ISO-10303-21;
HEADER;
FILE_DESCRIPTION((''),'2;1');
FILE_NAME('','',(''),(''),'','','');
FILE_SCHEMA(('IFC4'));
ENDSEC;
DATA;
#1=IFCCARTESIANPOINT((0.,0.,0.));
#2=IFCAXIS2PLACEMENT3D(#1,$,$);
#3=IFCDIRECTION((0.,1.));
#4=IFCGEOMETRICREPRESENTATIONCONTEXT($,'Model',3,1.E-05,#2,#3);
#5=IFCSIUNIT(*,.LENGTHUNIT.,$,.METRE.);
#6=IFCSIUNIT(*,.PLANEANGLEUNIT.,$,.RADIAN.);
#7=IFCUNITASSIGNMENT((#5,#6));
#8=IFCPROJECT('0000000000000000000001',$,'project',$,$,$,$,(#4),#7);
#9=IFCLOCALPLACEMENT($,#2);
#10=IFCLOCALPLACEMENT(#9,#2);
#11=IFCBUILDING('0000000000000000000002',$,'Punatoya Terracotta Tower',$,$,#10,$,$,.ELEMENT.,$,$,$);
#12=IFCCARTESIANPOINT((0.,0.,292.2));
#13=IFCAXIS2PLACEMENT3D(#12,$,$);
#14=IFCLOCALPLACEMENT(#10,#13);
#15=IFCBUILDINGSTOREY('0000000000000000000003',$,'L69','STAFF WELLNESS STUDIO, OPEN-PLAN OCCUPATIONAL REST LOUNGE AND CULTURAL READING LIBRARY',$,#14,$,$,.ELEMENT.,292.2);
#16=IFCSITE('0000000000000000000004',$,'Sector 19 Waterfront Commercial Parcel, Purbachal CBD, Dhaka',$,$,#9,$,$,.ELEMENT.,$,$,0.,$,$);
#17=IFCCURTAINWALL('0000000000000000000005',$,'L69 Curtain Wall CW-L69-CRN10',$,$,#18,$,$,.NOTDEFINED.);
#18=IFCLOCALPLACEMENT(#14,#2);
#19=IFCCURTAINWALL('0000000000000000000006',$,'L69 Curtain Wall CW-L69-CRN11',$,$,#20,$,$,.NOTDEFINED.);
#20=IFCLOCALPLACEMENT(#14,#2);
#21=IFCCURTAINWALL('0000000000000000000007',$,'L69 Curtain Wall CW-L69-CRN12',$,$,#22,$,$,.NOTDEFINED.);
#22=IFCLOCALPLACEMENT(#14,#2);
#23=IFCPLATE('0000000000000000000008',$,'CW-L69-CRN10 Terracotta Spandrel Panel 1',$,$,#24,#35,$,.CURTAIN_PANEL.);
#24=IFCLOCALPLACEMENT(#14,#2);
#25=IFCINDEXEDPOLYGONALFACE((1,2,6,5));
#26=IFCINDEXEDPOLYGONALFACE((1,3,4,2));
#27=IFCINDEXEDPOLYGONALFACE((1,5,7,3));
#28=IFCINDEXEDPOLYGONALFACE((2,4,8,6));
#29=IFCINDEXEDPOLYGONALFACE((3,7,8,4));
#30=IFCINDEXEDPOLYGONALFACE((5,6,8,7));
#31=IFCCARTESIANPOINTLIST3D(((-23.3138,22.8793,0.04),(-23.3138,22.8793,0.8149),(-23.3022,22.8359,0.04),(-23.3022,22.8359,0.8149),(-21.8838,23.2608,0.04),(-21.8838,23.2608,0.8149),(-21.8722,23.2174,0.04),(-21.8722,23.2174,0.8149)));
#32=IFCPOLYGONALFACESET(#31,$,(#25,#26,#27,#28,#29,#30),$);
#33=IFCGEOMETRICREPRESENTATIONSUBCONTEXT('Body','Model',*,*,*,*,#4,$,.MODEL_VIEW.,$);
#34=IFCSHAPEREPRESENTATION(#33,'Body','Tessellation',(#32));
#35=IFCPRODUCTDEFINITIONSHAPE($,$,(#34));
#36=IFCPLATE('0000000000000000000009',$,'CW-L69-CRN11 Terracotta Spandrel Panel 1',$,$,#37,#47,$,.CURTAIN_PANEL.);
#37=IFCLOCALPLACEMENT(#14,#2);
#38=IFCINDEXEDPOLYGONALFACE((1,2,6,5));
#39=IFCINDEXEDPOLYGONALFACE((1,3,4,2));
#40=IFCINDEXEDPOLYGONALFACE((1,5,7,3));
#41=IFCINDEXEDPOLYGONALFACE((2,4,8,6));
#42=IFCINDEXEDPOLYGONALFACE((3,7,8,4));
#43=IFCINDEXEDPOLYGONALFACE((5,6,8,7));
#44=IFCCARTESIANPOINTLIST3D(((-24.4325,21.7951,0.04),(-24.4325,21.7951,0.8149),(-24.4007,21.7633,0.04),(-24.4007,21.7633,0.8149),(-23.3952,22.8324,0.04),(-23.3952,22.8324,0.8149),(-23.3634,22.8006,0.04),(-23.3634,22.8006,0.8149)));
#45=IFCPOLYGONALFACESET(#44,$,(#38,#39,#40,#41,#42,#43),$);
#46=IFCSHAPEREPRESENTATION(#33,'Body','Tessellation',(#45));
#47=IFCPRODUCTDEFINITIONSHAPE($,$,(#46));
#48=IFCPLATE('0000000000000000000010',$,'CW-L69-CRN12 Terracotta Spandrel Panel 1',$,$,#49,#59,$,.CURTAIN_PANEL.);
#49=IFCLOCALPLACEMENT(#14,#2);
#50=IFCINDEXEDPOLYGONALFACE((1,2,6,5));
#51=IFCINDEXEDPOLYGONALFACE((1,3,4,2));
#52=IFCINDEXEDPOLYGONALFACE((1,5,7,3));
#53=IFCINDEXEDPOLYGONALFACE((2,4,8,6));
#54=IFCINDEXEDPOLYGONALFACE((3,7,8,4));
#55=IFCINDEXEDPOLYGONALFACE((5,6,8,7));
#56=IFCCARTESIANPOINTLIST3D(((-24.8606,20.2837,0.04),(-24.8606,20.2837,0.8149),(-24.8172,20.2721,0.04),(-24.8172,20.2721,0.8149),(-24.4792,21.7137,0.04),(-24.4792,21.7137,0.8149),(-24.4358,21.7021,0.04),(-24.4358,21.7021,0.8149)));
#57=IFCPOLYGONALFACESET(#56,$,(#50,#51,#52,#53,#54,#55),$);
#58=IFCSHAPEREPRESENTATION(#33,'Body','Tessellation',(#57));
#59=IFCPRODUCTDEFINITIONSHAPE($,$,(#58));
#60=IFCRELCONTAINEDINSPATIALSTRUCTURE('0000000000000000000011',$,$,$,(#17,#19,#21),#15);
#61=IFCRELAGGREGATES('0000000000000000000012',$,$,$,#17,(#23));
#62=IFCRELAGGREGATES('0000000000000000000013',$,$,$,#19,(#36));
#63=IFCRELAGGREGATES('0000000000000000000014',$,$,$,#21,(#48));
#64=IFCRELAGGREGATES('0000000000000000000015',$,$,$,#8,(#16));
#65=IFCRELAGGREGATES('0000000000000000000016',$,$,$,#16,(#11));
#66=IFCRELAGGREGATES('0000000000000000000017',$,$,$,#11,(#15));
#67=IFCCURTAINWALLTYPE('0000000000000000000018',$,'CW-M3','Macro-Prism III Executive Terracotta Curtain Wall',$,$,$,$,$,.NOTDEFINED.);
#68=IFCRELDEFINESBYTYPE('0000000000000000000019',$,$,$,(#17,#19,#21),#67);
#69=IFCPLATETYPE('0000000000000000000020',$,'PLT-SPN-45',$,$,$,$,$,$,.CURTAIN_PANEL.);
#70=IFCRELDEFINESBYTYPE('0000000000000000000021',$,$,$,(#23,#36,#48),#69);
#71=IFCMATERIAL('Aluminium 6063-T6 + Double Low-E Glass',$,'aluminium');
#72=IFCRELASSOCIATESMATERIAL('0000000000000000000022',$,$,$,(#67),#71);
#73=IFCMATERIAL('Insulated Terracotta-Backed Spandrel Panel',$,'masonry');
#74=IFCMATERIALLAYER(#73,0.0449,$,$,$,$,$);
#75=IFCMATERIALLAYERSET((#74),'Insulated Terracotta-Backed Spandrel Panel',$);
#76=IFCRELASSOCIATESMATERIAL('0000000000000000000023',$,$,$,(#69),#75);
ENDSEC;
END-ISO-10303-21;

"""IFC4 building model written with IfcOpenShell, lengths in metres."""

from ifc_helpers import new_model, si_unit, direction, frame, origin, origin_2d, place, context, subcontext, project, spatial, rectangle, extrude, material, layer, layer_set, type_object, element, aggregate, save


model = new_model("IFC4")

# Units and contexts
model_context = context("Model", 3, precision=1e-05, world=origin(), true_north=direction((0.0, 1.0)))
body_context = subcontext(model_context, "Body", "Model", "MODEL_VIEW")
ifc_project = project(units=[si_unit("LENGTHUNIT", "METRE"), si_unit("PLANEANGLEUNIT", "RADIAN")], contexts=[model_context])

# Site, building, storey
site_placement = place(None, origin())
site = spatial("IfcSite", under=ifc_project, at=site_placement, Name="Sector 19 Waterfront Commercial Parcel, Purbachal CBD, Dhaka", CompositionType="ELEMENT", RefElevation=0.0)
building_placement = place(site_placement, origin())
building = spatial("IfcBuilding", under=site, at=building_placement, Name="Punatoya Terracotta Tower", CompositionType="ELEMENT")
storey_placement = place(building_placement, frame((0.0, 0.0, 292.2)))
storey = spatial("IfcBuildingStorey", under=building, at=storey_placement, Name="L69", Description="STAFF WELLNESS STUDIO, OPEN-PLAN OCCUPATIONAL REST LOUNGE AND CULTURAL READING LIBRARY", CompositionType="ELEMENT", Elevation=292.2)

# Shared definitions
ifc_material_1 = material(Name="Aluminium 6063-T6 + Double Low-E Glass", Category="aluminium")
curtain_wall_type = type_object("IfcCurtainWallType", Name="CW-M3", Description="Macro-Prism III Executive Terracotta Curtain Wall", PredefinedType="NOTDEFINED", material=ifc_material_1)

# Curtain walls
curtain_wall_1_placement = place(storey_placement, origin())
curtain_wall_1 = element("IfcCurtainWall", 1, at=curtain_wall_1_placement, inside=storey, type_object=curtain_wall_type, Name="L69 Curtain Wall CW-L69-CRN10", PredefinedType="NOTDEFINED")
curtain_wall_2_placement = place(storey_placement, origin())
curtain_wall_2 = element("IfcCurtainWall", 2, at=curtain_wall_2_placement, inside=storey, type_object=curtain_wall_type, Name="L69 Curtain Wall CW-L69-CRN11", PredefinedType="NOTDEFINED")
curtain_wall_3_placement = place(storey_placement, origin())
curtain_wall_3 = element("IfcCurtainWall", 3, at=curtain_wall_3_placement, inside=storey, type_object=curtain_wall_type, Name="L69 Curtain Wall CW-L69-CRN12", PredefinedType="NOTDEFINED")

# Plates
ifc_material_2 = material(Name="Insulated Terracotta-Backed Spandrel Panel", Category="masonry")
ifc_layer_1 = layer(ifc_material_2, 0.0449)
ifc_layer_set_1 = layer_set([ifc_layer_1], Name="Insulated Terracotta-Backed Spandrel Panel")
plate_type_1 = type_object("IfcPlateType", Name="PLT-SPN-45", PredefinedType="CURTAIN_PANEL", material=ifc_layer_set_1)
plate_1_placement = place(storey_placement, frame((-22.593, 23.0483, 0.04), z_axis=(0.0, 0.0, 1.0), x_axis=(-0.966214, -0.257742, 0.0)))
plate_1 = element("IfcPlate", 4, at=plate_1_placement, type_object=plate_type_1, Name="CW-L69-CRN10 Terracotta Spandrel Panel 1", PredefinedType="CURTAIN_PANEL", context=body_context, shape_type="SweptSolid", body=[
    extrude(rectangle(XDim=1.48, YDim=0.0449, at=origin_2d()), origin(), (0.0, 0.0, 1.0), 0.7749),
])
aggregate(curtain_wall_1, [plate_1])
plate_2_placement = place(storey_placement, frame((-23.8979, 22.2979, 0.04), z_axis=(0.0, 0.0, 1.0), x_axis=(-0.707107, -0.707107, 0.0)))
plate_2 = element("IfcPlate", 5, at=plate_2_placement, type_object=plate_type_1, Name="CW-L69-CRN11 Terracotta Spandrel Panel 1", PredefinedType="CURTAIN_PANEL", context=body_context, shape_type="SweptSolid", body=[
    extrude(rectangle(XDim=1.467, YDim=0.0449, at=origin_2d()), origin(), (0.0, 0.0, 1.0), 0.7749),
])
aggregate(curtain_wall_2, [plate_2])
plate_3_placement = place(storey_placement, frame((-24.6482, 20.9929, 0.04), z_axis=(0.0, 0.0, 1.0), x_axis=(-0.257742, -0.966214, 0.0)))
plate_3 = element("IfcPlate", 6, at=plate_3_placement, type_object=plate_type_1, Name="CW-L69-CRN12 Terracotta Spandrel Panel 1", PredefinedType="CURTAIN_PANEL", context=body_context, shape_type="SweptSolid", body=[
    extrude(rectangle(XDim=1.48, YDim=0.0449, at=origin_2d()), origin(), (0.0, 0.0, 1.0), 0.7749),
])
aggregate(curtain_wall_3, [plate_3])

save(model, "model.ifc")
